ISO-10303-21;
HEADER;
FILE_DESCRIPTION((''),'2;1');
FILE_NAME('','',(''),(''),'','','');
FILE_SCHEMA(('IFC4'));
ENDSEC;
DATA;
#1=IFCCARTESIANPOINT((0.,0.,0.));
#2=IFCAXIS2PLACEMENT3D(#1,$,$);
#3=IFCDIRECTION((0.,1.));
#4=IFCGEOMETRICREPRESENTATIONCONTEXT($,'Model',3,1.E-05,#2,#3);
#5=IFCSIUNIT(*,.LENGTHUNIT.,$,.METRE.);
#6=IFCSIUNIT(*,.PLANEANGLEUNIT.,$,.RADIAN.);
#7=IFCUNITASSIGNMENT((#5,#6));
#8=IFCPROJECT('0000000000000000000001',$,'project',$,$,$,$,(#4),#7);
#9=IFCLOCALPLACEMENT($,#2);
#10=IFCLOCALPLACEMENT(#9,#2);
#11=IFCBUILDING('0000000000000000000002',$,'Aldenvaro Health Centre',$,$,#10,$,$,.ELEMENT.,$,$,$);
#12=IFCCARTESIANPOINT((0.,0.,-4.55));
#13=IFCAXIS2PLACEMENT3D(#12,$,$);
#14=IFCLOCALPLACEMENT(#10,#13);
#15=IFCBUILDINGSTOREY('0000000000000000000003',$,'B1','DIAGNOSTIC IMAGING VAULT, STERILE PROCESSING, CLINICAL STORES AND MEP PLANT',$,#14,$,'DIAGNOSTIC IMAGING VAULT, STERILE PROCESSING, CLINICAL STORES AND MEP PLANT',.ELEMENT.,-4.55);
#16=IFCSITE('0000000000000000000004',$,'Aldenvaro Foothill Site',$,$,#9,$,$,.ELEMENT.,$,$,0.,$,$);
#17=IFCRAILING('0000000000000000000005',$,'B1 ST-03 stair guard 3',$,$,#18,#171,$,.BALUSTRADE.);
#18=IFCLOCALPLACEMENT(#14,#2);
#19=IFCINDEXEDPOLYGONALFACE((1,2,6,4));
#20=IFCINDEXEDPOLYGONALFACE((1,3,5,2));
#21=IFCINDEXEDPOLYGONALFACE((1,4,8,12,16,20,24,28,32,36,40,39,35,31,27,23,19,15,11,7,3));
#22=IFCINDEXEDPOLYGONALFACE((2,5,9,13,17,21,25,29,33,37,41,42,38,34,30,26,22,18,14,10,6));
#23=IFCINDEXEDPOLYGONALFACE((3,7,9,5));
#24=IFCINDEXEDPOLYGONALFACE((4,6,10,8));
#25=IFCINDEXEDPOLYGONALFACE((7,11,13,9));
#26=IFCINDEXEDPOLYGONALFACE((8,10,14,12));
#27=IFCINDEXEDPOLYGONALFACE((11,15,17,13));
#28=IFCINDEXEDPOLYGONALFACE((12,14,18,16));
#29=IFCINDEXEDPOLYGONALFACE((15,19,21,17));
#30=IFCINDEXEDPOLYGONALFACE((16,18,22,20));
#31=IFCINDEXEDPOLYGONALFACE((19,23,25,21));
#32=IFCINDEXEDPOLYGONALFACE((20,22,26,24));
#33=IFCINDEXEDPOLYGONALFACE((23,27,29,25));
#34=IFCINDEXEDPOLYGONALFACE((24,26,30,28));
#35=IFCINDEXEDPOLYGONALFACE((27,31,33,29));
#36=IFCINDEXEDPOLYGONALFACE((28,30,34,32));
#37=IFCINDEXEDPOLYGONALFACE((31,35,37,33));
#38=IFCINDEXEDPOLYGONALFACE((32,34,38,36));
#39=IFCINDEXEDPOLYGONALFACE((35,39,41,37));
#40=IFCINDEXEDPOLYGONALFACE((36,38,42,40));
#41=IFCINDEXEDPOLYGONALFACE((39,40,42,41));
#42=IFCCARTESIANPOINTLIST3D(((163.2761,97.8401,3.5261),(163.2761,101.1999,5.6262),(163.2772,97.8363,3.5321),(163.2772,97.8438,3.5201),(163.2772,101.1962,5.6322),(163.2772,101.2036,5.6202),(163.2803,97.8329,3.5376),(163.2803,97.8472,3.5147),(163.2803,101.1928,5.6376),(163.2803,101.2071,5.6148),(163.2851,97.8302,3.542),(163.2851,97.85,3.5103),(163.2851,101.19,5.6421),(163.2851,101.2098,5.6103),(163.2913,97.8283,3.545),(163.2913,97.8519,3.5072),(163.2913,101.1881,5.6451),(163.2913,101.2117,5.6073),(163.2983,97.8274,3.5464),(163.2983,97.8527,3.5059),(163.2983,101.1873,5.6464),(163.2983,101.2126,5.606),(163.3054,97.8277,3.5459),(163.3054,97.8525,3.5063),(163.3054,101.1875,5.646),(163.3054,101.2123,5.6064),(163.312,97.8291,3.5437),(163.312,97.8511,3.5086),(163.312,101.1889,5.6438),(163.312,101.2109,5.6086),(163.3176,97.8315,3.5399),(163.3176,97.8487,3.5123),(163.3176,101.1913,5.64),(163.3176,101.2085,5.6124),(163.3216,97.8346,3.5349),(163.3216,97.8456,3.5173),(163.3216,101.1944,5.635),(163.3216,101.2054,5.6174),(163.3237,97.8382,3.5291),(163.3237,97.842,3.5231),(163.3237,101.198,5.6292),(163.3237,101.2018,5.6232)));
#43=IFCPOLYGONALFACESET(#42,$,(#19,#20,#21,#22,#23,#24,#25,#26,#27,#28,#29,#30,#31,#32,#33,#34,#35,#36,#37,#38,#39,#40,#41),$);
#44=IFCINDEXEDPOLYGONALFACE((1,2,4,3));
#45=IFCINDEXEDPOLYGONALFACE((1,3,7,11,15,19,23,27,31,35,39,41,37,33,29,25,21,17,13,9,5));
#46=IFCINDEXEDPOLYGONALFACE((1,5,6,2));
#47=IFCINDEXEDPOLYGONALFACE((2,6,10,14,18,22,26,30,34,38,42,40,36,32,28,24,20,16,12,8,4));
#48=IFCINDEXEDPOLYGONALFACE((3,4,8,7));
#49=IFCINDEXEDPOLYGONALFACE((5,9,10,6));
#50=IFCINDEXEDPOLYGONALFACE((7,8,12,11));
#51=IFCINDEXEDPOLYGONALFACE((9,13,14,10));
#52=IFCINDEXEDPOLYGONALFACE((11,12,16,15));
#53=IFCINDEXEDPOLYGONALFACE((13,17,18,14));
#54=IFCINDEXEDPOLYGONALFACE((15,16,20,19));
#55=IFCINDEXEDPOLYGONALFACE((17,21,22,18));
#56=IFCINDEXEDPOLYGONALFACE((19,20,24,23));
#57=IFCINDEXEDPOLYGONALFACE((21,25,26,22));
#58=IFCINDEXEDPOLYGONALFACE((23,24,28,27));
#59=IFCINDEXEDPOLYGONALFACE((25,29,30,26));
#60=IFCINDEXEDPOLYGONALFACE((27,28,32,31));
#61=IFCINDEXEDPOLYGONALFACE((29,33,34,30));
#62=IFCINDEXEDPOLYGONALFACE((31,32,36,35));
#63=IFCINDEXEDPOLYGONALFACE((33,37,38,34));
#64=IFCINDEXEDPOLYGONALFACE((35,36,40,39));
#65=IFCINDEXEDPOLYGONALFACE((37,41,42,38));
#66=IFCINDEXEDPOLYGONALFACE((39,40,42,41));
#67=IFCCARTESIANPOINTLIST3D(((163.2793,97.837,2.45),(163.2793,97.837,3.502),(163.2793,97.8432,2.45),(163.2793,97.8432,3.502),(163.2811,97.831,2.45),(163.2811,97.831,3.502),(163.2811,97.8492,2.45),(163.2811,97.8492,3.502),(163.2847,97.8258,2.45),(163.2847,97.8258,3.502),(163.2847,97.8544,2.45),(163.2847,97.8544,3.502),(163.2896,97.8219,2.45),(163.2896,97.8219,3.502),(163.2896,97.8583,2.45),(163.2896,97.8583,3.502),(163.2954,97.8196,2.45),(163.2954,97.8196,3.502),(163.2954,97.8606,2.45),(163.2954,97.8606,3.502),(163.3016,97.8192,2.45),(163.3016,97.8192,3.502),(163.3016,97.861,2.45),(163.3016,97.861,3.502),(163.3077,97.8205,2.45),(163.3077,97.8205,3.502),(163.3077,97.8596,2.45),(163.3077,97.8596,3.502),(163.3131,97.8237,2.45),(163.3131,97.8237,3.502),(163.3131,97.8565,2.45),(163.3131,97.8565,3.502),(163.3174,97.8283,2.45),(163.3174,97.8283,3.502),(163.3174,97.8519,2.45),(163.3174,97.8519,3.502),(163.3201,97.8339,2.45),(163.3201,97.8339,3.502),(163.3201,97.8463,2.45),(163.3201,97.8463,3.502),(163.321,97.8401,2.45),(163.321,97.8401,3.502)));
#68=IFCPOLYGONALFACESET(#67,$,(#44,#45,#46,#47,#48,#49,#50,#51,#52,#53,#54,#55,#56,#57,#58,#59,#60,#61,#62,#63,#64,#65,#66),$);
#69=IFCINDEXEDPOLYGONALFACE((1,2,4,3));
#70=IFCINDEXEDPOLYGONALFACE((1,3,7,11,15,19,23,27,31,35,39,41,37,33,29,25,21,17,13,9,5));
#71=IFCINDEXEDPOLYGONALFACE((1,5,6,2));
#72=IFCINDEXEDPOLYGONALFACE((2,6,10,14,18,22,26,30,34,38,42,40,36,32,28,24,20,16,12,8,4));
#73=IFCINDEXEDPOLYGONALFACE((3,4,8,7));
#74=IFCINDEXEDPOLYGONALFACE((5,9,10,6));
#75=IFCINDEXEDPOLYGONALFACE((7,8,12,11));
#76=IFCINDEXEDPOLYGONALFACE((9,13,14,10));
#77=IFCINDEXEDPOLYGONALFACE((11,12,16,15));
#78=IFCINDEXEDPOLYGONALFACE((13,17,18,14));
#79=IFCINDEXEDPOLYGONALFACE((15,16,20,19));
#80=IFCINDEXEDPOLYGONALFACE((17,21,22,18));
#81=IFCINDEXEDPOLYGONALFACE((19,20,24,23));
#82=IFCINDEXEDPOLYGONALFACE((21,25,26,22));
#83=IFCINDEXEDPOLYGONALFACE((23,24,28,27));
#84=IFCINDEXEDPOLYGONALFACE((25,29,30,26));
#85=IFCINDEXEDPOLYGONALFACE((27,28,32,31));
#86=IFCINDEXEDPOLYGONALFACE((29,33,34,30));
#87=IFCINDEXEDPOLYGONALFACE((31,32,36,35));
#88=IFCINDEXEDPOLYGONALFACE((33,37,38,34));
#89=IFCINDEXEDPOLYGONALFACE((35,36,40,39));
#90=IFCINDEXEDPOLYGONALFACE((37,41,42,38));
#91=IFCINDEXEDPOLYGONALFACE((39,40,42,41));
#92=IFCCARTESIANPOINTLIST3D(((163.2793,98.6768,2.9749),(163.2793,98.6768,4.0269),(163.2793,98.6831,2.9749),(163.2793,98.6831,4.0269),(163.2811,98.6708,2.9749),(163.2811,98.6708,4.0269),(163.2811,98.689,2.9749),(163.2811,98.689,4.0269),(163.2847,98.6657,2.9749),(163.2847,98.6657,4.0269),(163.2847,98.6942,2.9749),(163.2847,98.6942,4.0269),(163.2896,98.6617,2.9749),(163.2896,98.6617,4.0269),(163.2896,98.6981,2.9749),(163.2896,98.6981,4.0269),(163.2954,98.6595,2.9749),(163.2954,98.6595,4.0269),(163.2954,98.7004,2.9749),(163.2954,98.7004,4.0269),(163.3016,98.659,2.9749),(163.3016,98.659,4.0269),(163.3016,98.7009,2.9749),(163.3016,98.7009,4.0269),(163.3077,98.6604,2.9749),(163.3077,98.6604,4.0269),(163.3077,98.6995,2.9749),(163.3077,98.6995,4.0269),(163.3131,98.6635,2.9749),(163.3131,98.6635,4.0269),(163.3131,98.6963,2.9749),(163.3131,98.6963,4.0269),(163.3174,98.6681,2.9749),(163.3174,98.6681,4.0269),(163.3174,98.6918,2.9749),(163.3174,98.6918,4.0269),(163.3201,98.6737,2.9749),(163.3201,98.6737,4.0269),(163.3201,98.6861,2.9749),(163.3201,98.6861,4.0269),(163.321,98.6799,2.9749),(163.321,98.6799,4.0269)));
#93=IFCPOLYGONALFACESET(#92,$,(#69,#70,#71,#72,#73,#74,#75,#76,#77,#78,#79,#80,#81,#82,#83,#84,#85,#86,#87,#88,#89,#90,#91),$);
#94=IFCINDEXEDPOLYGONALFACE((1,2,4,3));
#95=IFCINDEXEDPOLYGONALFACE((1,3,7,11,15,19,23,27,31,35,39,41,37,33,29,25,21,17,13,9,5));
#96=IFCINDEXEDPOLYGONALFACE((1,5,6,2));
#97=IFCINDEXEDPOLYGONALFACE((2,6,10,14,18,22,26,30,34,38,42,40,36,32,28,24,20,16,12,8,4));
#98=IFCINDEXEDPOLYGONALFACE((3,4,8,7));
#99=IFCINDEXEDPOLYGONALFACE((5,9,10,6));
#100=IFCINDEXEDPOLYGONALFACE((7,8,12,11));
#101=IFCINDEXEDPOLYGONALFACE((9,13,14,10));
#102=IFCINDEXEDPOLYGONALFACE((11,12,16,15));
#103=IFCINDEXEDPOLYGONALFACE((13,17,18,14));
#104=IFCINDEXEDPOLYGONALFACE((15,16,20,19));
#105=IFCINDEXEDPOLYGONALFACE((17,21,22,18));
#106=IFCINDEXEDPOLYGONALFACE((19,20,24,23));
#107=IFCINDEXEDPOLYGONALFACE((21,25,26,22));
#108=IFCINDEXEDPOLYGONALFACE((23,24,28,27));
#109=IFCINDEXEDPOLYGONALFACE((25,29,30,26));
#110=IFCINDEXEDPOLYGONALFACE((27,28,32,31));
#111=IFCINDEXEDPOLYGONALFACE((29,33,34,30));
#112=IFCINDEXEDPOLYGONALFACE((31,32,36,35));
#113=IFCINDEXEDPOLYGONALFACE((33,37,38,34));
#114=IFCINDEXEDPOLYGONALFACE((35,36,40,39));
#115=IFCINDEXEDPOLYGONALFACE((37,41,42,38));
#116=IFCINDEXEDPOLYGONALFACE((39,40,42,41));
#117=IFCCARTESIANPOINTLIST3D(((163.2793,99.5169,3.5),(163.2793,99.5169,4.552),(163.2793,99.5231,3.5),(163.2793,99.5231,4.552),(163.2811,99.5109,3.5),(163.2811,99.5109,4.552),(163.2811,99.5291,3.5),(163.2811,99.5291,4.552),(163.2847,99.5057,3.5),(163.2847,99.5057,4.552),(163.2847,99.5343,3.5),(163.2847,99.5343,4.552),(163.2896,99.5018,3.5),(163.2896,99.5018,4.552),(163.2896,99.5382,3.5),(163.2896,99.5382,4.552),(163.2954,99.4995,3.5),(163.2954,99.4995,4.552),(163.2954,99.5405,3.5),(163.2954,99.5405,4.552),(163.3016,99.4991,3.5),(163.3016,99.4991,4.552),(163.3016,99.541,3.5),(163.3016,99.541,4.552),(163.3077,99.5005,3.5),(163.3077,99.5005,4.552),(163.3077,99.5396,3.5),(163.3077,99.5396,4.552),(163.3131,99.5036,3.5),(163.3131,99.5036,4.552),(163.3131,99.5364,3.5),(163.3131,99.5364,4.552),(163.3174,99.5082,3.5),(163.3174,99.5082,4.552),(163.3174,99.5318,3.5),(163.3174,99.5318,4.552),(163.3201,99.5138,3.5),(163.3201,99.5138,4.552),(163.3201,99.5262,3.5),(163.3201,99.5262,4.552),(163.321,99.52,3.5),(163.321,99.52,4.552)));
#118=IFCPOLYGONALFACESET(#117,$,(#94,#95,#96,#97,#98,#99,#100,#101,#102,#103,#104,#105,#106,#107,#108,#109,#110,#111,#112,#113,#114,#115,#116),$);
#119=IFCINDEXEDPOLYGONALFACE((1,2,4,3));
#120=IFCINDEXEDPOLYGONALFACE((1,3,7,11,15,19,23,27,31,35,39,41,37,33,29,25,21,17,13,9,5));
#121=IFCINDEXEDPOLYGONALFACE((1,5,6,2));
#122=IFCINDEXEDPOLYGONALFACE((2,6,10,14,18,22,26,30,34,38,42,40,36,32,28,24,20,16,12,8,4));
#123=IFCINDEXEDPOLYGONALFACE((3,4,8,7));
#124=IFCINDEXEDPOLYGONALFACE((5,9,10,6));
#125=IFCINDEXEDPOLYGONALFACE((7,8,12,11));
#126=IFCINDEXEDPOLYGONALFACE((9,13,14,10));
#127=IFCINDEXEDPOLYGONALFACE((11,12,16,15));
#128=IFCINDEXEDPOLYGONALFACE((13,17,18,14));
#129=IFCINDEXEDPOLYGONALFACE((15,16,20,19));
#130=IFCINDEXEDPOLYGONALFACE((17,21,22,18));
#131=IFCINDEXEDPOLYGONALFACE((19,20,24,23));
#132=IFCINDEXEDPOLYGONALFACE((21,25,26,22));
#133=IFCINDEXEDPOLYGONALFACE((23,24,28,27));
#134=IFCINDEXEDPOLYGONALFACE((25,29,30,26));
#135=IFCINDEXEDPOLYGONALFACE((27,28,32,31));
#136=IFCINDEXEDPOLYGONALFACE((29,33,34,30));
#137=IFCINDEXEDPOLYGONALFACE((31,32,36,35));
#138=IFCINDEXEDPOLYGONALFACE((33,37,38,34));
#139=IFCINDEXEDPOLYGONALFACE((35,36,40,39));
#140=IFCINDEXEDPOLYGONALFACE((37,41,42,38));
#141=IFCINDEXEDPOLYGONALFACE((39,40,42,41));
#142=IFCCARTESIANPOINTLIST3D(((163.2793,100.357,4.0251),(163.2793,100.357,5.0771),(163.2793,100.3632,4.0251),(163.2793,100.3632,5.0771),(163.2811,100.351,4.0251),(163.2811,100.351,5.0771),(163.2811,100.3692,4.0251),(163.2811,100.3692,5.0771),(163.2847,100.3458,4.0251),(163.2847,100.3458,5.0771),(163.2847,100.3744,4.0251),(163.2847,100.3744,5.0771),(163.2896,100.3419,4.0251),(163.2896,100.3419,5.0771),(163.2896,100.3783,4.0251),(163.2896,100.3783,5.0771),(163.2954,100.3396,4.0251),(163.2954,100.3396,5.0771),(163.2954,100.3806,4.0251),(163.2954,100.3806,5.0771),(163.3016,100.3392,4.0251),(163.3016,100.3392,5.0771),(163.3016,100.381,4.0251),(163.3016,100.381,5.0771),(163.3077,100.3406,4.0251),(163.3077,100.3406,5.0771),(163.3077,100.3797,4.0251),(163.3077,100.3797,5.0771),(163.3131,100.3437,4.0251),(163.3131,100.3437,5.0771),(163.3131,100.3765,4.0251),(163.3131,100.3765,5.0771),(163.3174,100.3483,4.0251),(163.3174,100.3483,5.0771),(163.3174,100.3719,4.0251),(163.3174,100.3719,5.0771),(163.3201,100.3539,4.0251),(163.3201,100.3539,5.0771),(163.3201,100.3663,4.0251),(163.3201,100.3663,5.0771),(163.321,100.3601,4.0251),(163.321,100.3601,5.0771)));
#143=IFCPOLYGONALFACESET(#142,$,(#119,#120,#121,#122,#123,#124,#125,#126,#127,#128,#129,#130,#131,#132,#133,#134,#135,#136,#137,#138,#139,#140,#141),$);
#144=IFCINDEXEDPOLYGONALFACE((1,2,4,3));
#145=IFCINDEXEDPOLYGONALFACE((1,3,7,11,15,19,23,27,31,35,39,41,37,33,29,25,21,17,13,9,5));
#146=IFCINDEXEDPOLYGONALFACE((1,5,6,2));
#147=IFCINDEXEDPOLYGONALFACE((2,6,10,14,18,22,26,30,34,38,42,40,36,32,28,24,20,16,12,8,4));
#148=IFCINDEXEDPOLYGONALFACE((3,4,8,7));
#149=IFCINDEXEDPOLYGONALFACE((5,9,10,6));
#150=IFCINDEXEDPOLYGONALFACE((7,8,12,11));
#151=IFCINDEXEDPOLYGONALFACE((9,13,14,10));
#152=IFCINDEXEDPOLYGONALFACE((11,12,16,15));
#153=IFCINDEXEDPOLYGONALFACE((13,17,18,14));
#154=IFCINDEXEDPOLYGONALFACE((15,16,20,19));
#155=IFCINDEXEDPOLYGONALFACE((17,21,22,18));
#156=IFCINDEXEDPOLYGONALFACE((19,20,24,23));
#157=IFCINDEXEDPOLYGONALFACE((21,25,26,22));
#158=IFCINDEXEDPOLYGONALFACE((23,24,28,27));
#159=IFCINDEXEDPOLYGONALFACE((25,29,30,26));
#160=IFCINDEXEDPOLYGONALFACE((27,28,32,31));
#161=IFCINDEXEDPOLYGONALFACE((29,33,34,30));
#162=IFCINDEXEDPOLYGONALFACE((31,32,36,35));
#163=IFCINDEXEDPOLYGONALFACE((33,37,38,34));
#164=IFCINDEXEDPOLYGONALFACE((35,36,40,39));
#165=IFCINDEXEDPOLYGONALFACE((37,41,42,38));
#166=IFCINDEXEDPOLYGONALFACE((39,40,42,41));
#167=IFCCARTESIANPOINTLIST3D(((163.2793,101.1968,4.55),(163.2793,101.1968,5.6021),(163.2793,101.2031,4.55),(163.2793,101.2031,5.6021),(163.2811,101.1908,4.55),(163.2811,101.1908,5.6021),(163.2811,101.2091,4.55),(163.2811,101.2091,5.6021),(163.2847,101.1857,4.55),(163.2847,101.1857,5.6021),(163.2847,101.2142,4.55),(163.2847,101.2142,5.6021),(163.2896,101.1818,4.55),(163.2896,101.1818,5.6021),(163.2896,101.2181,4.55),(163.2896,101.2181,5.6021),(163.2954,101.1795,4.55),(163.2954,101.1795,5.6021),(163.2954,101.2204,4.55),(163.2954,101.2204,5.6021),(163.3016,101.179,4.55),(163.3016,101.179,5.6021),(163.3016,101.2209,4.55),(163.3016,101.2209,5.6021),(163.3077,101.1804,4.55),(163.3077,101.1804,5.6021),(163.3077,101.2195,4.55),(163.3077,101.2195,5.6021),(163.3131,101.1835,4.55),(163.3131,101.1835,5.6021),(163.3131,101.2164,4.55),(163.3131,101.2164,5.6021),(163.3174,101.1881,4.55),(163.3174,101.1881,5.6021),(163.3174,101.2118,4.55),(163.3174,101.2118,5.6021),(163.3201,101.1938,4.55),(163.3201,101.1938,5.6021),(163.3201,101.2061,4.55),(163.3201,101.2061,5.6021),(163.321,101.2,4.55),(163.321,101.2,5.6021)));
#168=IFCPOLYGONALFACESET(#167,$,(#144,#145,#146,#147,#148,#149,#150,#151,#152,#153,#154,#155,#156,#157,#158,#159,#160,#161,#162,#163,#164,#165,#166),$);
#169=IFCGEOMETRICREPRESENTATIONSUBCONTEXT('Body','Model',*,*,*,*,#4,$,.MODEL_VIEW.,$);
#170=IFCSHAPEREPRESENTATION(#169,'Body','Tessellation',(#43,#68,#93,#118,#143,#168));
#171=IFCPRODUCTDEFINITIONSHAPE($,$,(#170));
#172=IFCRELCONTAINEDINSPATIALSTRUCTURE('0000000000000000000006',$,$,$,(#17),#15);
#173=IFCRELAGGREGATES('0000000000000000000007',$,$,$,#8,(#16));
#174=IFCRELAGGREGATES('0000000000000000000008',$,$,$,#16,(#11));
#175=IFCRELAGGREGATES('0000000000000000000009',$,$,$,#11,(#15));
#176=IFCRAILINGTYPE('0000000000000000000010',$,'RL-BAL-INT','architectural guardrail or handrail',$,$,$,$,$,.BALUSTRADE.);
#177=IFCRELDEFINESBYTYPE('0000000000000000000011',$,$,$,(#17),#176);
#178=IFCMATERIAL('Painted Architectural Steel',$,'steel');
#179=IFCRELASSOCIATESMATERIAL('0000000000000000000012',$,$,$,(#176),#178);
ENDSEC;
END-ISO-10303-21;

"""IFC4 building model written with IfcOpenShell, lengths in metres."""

from ifc_helpers import new_model, si_unit, direction, frame, origin, origin_2d, place, context, subcontext, project, spatial, circle, extrude, material, type_object, element, save


model = new_model("IFC4")

# Units and contexts
model_context = context("Model", 3, precision=1e-05, world=origin(), true_north=direction((0.0, 1.0)))
body_context = subcontext(model_context, "Body", "Model", "MODEL_VIEW")
ifc_project = project(units=[si_unit("LENGTHUNIT", "METRE"), si_unit("PLANEANGLEUNIT", "RADIAN")], contexts=[model_context])

# Site, building, storey
site_placement = place(None, origin())
site = spatial("IfcSite", under=ifc_project, at=site_placement, Name="Aldenvaro Foothill Site", CompositionType="ELEMENT", RefElevation=0.0)
building_placement = place(site_placement, origin())
building = spatial("IfcBuilding", under=site, at=building_placement, Name="Aldenvaro Health Centre", CompositionType="ELEMENT")
storey_placement = place(building_placement, frame((0.0, 0.0, -4.55)))
storey = spatial("IfcBuildingStorey", under=building, at=storey_placement, Name="B1", Description="DIAGNOSTIC IMAGING VAULT, STERILE PROCESSING, CLINICAL STORES AND MEP PLANT", LongName="DIAGNOSTIC IMAGING VAULT, STERILE PROCESSING, CLINICAL STORES AND MEP PLANT", CompositionType="ELEMENT", Elevation=-4.55)

# Railing
ifc_material_1 = material(Name="Painted Architectural Steel", Category="steel")
railing_type_1 = type_object("IfcRailingType", Name="RL-BAL-INT", Description="architectural guardrail or handrail", PredefinedType="BALUSTRADE", material=ifc_material_1)
railing_1_placement = place(storey_placement, frame((163.3, 97.8401, 2.45)))
element("IfcRailing", 1, at=railing_1_placement, inside=storey, type_object=railing_type_1, Name="B1 ST-03 stair guard 3", PredefinedType="BALUSTRADE", context=body_context, shape_type="SweptSolid", body=[
    extrude(circle(Radius=0.0239, at=origin_2d()), frame((0.0, 0.0, 1.0762), z_axis=(0.0, 0.847978, 0.530032), x_axis=(-1.0, 0.0, 0.0)), (0.0, 0.0, 1.0), 3.9622),
    extrude(circle(Radius=0.021, at=origin_2d()), origin(), (0.0, 0.0, 1.0), 1.052),
    extrude(circle(Radius=0.021, at=origin_2d()), frame((0.0, 0.8398, 0.5249)), (0.0, 0.0, 1.0), 1.052),
    extrude(circle(Radius=0.021, at=origin_2d()), frame((0.0, 1.6799, 1.05)), (0.0, 0.0, 1.0), 1.052),
    extrude(circle(Radius=0.021, at=origin_2d()), frame((0.0, 2.52, 1.5752)), (0.0, 0.0, 1.0), 1.052),
    extrude(circle(Radius=0.021, at=origin_2d()), frame((0.0, 3.3599, 2.1001)), (0.0, 0.0, 1.0), 1.052),
])

save(model, "model.ifc")
